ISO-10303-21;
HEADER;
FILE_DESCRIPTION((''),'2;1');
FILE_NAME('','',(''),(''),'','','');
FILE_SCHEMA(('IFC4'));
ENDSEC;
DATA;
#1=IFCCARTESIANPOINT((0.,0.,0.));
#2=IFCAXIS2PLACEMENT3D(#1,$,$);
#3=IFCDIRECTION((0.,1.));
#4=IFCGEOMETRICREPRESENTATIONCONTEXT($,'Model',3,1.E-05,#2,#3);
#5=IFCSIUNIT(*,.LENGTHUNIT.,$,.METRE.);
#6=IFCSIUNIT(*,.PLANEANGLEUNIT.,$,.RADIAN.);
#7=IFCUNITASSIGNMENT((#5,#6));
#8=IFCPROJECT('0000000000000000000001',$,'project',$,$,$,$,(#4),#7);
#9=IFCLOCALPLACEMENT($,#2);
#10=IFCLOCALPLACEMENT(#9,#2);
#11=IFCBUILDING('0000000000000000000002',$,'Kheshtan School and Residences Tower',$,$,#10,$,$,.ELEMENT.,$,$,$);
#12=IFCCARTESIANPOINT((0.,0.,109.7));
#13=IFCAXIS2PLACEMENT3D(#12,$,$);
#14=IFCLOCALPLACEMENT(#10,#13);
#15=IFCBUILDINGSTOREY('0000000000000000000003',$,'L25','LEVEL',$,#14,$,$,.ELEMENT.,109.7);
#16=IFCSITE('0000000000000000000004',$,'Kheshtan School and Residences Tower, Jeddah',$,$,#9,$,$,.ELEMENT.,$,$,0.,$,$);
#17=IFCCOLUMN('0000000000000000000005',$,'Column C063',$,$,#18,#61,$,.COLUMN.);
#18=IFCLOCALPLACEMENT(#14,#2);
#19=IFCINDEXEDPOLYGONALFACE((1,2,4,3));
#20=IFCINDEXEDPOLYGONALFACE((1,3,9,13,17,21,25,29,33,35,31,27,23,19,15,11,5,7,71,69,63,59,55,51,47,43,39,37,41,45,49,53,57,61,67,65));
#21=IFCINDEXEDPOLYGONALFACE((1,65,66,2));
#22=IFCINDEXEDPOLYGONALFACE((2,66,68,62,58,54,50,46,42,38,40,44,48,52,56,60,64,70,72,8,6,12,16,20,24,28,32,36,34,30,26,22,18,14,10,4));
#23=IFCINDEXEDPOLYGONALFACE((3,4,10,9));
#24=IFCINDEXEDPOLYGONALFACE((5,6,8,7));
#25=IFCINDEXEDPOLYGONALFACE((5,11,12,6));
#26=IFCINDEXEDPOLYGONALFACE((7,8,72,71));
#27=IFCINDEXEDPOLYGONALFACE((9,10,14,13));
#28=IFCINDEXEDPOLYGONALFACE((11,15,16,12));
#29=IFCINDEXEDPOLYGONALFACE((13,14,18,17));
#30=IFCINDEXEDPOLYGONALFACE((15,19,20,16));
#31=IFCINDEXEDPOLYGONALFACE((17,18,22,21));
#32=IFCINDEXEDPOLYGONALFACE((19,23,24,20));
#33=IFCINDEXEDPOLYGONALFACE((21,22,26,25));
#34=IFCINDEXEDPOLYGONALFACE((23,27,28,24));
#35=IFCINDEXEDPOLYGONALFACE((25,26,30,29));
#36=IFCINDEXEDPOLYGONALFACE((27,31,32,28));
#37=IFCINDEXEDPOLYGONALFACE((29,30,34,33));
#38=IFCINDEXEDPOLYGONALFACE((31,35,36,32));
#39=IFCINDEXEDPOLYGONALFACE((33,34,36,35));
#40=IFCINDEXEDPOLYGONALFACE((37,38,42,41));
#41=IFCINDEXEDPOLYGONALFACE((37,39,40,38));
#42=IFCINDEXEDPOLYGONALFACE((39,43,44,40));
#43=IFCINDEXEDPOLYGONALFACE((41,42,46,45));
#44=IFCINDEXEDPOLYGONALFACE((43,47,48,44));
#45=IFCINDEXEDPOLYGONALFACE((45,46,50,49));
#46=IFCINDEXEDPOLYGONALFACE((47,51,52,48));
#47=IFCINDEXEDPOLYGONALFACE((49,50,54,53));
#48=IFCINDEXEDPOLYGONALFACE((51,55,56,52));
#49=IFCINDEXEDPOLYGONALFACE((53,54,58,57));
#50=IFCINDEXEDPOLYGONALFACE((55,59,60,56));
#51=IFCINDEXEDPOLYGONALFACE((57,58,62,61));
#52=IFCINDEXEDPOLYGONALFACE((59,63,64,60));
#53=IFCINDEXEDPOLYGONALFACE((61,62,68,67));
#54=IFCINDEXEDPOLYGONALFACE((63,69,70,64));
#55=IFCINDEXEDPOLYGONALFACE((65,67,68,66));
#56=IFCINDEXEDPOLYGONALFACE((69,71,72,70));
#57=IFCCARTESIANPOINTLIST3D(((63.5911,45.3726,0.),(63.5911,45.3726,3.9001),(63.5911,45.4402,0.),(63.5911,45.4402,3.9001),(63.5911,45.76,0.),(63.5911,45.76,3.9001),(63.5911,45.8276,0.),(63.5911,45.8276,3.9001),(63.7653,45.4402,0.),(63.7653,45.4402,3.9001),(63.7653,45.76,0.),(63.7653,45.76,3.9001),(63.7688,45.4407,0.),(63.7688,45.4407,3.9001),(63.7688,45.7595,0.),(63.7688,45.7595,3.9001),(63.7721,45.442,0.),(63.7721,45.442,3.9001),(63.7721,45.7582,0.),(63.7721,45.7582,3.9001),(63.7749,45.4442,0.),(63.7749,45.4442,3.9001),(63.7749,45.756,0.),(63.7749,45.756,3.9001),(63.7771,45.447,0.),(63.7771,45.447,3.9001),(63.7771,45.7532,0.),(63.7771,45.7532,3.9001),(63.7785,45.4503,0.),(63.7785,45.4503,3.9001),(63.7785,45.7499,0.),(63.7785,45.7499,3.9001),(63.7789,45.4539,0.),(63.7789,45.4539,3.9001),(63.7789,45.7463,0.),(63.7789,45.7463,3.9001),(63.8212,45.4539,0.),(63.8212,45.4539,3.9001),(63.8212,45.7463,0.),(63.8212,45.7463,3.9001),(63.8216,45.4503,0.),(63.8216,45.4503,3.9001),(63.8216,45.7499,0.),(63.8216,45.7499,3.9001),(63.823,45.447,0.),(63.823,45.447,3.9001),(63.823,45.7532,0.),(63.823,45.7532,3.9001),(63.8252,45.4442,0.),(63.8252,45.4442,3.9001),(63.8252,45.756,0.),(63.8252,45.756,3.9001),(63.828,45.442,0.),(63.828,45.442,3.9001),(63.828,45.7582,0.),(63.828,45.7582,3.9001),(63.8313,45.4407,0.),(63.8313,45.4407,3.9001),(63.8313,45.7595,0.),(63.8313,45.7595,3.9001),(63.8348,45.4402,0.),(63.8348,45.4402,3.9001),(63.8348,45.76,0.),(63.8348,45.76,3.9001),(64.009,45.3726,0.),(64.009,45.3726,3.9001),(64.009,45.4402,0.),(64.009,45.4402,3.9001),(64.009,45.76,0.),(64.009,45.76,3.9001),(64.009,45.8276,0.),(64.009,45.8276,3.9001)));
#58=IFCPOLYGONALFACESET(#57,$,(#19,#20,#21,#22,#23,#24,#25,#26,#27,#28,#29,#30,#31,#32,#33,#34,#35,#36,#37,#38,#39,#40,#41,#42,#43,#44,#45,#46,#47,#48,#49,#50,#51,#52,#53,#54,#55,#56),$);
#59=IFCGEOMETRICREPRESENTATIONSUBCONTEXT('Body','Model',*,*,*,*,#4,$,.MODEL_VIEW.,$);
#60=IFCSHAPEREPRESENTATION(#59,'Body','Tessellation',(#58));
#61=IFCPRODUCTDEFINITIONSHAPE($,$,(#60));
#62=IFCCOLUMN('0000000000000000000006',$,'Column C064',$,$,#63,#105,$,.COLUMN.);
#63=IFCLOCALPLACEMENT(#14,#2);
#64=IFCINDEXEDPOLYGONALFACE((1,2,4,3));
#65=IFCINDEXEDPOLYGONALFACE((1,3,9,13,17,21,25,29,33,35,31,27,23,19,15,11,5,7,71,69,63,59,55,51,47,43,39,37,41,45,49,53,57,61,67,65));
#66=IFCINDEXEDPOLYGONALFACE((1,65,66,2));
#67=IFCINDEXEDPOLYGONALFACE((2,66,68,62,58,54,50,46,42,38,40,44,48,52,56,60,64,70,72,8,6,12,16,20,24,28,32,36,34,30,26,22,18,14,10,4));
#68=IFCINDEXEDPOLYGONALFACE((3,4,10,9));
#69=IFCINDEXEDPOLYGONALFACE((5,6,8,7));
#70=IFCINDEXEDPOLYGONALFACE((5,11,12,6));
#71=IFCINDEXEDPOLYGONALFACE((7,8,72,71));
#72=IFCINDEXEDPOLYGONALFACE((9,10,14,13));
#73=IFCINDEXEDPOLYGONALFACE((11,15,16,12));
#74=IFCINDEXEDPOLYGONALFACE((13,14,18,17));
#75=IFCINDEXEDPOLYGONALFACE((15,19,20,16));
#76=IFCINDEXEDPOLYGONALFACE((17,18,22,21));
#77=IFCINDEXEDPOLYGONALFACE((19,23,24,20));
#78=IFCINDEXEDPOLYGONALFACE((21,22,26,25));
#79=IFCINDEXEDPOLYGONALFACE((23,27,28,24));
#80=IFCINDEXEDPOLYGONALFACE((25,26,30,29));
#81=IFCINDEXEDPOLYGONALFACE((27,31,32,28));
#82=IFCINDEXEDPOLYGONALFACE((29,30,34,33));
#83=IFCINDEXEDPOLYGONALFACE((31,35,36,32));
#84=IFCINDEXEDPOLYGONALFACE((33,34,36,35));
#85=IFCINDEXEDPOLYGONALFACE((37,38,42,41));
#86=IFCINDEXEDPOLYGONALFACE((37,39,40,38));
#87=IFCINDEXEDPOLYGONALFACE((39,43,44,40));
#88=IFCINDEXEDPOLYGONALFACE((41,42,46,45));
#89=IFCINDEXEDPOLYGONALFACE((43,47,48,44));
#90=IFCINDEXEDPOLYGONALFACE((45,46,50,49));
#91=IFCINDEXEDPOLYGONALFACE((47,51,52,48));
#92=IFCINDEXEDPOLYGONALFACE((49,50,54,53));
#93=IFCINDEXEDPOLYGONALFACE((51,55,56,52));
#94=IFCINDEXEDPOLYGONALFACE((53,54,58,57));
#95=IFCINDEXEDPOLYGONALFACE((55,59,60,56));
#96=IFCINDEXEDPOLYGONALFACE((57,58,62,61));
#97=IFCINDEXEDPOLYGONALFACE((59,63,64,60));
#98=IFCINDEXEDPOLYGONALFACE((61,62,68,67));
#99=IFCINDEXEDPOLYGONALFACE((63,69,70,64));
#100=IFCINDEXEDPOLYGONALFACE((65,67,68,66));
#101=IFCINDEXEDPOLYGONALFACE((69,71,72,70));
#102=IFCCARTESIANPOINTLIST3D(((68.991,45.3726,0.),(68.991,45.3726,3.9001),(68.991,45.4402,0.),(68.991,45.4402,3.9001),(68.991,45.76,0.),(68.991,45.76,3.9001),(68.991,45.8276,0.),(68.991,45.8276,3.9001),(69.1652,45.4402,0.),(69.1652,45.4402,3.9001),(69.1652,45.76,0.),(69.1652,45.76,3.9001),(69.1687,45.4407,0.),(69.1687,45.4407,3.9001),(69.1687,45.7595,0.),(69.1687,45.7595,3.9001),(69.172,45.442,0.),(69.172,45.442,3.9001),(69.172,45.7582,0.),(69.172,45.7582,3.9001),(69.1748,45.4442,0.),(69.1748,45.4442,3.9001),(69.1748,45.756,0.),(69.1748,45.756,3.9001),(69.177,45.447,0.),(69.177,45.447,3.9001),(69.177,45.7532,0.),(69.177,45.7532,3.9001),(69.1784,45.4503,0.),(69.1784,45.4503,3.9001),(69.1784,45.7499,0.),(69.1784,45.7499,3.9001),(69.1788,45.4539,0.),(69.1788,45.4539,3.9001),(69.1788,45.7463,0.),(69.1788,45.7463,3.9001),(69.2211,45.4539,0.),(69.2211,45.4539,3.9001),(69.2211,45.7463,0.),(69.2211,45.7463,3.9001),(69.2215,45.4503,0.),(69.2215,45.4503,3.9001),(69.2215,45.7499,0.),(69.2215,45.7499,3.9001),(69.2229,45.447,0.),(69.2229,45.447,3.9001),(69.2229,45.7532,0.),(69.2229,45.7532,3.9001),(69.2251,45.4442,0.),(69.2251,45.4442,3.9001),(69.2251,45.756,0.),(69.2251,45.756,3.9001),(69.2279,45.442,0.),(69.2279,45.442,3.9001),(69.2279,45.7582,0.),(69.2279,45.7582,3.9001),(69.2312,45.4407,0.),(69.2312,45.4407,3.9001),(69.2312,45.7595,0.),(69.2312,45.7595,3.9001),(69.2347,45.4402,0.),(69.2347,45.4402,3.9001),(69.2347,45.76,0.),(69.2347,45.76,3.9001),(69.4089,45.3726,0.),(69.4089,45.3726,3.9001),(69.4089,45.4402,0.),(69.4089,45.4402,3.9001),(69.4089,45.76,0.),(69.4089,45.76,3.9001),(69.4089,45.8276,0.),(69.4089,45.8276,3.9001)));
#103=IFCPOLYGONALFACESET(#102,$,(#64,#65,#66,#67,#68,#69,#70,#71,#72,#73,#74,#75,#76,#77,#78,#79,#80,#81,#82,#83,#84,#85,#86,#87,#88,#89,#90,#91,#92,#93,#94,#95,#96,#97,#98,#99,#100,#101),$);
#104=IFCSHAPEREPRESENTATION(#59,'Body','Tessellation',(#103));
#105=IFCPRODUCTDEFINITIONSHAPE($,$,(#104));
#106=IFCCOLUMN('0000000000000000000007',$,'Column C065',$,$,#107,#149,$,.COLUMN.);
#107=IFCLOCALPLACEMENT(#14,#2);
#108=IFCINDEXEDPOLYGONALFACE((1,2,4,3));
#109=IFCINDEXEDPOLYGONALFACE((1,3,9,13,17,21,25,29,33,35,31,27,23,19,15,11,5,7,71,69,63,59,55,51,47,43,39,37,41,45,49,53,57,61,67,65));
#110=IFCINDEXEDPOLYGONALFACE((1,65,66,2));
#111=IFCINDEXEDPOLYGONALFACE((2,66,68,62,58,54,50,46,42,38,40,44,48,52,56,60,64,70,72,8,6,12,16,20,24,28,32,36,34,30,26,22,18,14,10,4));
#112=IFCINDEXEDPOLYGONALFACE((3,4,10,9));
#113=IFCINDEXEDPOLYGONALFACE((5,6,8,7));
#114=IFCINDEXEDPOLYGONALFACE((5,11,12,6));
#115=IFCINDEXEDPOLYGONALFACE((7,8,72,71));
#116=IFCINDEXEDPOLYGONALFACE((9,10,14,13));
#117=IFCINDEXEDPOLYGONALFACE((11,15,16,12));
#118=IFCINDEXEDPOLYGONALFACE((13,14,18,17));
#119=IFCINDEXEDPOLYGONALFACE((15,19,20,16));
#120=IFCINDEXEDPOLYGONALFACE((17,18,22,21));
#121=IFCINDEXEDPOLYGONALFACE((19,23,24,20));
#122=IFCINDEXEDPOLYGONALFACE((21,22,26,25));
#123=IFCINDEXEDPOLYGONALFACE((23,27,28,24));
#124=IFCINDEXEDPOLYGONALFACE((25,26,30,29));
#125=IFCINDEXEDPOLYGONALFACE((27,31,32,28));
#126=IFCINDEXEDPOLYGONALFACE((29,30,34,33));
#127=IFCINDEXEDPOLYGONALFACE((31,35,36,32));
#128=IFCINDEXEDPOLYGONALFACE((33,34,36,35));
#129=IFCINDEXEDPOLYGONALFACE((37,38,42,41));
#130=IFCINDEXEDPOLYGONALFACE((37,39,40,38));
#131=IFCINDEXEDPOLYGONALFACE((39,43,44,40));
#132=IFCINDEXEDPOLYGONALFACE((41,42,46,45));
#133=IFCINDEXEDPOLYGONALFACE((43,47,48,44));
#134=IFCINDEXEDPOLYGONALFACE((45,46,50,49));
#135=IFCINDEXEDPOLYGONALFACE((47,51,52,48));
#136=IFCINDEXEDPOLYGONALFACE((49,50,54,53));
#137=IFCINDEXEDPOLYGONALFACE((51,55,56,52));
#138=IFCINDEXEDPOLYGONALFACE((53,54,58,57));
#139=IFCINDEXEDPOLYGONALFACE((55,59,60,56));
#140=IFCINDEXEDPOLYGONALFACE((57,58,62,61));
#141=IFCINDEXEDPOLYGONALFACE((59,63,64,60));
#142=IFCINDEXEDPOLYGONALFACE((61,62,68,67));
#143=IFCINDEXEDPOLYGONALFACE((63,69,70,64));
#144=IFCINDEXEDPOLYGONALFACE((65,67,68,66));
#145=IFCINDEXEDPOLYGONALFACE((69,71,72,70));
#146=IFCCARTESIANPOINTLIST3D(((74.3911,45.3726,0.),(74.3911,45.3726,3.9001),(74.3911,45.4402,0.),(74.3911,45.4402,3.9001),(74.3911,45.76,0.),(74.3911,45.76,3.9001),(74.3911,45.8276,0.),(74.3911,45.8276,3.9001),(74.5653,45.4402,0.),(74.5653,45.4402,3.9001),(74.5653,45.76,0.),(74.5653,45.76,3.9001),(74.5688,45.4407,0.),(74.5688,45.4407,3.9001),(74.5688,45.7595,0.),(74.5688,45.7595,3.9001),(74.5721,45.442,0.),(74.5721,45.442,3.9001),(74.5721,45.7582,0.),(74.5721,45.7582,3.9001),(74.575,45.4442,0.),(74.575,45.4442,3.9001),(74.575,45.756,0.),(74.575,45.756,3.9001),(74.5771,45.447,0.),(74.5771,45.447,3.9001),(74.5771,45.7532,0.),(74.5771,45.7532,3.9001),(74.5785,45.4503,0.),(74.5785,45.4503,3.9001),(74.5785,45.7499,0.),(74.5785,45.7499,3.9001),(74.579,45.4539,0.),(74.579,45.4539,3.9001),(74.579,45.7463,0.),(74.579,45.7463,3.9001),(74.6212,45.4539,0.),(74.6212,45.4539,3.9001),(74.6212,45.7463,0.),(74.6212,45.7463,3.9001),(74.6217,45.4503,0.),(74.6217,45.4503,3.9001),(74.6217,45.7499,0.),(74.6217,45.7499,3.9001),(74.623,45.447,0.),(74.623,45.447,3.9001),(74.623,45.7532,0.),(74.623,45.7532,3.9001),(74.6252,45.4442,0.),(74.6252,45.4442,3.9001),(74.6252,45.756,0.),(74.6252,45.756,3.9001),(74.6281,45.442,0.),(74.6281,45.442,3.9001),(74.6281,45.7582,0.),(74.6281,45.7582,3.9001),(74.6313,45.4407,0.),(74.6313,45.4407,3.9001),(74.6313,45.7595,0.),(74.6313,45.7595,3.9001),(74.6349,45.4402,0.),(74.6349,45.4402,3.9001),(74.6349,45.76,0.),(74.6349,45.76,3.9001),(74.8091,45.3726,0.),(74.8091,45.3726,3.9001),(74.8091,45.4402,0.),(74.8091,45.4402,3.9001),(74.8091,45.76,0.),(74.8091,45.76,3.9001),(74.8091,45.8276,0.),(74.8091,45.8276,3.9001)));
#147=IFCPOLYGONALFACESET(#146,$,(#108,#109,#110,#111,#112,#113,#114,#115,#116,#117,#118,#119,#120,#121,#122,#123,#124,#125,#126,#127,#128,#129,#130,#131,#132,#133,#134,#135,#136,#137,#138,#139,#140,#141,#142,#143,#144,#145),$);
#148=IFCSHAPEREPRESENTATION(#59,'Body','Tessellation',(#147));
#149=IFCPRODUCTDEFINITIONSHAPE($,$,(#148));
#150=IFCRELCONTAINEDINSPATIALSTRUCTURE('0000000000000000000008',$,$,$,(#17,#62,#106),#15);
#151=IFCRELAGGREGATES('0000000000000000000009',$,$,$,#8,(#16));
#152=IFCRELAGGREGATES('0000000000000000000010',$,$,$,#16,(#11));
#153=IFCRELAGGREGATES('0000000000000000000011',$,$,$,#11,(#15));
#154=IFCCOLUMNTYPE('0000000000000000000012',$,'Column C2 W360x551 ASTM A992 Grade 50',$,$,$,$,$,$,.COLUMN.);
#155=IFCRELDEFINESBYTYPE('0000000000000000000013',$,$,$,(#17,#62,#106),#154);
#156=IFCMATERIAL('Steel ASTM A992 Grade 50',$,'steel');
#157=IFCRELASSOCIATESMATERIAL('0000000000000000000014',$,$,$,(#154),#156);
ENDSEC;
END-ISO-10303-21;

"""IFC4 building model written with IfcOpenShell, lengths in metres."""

from ifc_helpers import new_model, si_unit, direction, frame, origin, origin_2d, place, context, subcontext, project, spatial, i_section, extrude, material, material_profile, profile_set, type_object, element, save


model = new_model("IFC4")

# Units and contexts
model_context = context("Model", 3, precision=1e-05, world=origin(), true_north=direction((0.0, 1.0)))
body_context = subcontext(model_context, "Body", "Model", "MODEL_VIEW")
ifc_project = project(units=[si_unit("LENGTHUNIT", "METRE"), si_unit("PLANEANGLEUNIT", "RADIAN")], contexts=[model_context])

# Site, building, storey
site_placement = place(None, origin())
site = spatial("IfcSite", under=ifc_project, at=site_placement, Name="Kheshtan School and Residences Tower, Jeddah", CompositionType="ELEMENT", RefElevation=0.0)
building_placement = place(site_placement, origin())
building = spatial("IfcBuilding", under=site, at=building_placement, Name="Kheshtan School and Residences Tower", CompositionType="ELEMENT")
storey_placement = place(building_placement, frame((0.0, 0.0, 109.7)))
storey = spatial("IfcBuildingStorey", under=building, at=storey_placement, Name="L25", Description="LEVEL", CompositionType="ELEMENT", Elevation=109.7)

# Columns
ifc_material_1 = material(Name="Steel ASTM A992 Grade 50", Category="steel")
ifc_material_profile_1 = material_profile(ifc_material_1, i_section(OverallWidth=0.418, OverallDepth=0.4551, WebThickness=0.0422, FlangeThickness=0.0676, FilletRadius=0.0137, at=origin_2d()), Name="W360x551")
ifc_profile_set_1 = profile_set([ifc_material_profile_1], Name="Steel ASTM A992 Grade 50")
column_type_1 = type_object("IfcColumnType", Name="Column C2 W360x551 ASTM A992 Grade 50", PredefinedType="COLUMN", material=ifc_profile_set_1)
for number, where, z_axis, x_axis, name in (
    (1, (63.8, 45.6001, 0.0), (0.0, 0.0, 1.0), (1.0, 0.0, 0.0), "Column C063"),
    (2, (69.2, 45.6001, 0.0), (0.0, 0.0, 1.0), (1.0, 0.0, 0.0), "Column C064"),
    (3, (74.6001, 45.6001, 0.0), (0.0, 0.0, 1.0), (1.0, 0.0, 0.0), "Column C065"),
):
    element("IfcColumn", number, at=place(storey_placement, frame(where, z_axis=z_axis, x_axis=x_axis)), inside=storey, type_object=column_type_1, Name=name, PredefinedType="COLUMN", context=body_context, shape_type="SweptSolid", body=[
        extrude(i_section(OverallWidth=0.418, OverallDepth=0.4551, WebThickness=0.0422, FlangeThickness=0.0676, FilletRadius=0.0137, at=origin_2d()), origin(), (0.0, 0.0, 1.0), 3.9001),
    ])

save(model, "model.ifc")
